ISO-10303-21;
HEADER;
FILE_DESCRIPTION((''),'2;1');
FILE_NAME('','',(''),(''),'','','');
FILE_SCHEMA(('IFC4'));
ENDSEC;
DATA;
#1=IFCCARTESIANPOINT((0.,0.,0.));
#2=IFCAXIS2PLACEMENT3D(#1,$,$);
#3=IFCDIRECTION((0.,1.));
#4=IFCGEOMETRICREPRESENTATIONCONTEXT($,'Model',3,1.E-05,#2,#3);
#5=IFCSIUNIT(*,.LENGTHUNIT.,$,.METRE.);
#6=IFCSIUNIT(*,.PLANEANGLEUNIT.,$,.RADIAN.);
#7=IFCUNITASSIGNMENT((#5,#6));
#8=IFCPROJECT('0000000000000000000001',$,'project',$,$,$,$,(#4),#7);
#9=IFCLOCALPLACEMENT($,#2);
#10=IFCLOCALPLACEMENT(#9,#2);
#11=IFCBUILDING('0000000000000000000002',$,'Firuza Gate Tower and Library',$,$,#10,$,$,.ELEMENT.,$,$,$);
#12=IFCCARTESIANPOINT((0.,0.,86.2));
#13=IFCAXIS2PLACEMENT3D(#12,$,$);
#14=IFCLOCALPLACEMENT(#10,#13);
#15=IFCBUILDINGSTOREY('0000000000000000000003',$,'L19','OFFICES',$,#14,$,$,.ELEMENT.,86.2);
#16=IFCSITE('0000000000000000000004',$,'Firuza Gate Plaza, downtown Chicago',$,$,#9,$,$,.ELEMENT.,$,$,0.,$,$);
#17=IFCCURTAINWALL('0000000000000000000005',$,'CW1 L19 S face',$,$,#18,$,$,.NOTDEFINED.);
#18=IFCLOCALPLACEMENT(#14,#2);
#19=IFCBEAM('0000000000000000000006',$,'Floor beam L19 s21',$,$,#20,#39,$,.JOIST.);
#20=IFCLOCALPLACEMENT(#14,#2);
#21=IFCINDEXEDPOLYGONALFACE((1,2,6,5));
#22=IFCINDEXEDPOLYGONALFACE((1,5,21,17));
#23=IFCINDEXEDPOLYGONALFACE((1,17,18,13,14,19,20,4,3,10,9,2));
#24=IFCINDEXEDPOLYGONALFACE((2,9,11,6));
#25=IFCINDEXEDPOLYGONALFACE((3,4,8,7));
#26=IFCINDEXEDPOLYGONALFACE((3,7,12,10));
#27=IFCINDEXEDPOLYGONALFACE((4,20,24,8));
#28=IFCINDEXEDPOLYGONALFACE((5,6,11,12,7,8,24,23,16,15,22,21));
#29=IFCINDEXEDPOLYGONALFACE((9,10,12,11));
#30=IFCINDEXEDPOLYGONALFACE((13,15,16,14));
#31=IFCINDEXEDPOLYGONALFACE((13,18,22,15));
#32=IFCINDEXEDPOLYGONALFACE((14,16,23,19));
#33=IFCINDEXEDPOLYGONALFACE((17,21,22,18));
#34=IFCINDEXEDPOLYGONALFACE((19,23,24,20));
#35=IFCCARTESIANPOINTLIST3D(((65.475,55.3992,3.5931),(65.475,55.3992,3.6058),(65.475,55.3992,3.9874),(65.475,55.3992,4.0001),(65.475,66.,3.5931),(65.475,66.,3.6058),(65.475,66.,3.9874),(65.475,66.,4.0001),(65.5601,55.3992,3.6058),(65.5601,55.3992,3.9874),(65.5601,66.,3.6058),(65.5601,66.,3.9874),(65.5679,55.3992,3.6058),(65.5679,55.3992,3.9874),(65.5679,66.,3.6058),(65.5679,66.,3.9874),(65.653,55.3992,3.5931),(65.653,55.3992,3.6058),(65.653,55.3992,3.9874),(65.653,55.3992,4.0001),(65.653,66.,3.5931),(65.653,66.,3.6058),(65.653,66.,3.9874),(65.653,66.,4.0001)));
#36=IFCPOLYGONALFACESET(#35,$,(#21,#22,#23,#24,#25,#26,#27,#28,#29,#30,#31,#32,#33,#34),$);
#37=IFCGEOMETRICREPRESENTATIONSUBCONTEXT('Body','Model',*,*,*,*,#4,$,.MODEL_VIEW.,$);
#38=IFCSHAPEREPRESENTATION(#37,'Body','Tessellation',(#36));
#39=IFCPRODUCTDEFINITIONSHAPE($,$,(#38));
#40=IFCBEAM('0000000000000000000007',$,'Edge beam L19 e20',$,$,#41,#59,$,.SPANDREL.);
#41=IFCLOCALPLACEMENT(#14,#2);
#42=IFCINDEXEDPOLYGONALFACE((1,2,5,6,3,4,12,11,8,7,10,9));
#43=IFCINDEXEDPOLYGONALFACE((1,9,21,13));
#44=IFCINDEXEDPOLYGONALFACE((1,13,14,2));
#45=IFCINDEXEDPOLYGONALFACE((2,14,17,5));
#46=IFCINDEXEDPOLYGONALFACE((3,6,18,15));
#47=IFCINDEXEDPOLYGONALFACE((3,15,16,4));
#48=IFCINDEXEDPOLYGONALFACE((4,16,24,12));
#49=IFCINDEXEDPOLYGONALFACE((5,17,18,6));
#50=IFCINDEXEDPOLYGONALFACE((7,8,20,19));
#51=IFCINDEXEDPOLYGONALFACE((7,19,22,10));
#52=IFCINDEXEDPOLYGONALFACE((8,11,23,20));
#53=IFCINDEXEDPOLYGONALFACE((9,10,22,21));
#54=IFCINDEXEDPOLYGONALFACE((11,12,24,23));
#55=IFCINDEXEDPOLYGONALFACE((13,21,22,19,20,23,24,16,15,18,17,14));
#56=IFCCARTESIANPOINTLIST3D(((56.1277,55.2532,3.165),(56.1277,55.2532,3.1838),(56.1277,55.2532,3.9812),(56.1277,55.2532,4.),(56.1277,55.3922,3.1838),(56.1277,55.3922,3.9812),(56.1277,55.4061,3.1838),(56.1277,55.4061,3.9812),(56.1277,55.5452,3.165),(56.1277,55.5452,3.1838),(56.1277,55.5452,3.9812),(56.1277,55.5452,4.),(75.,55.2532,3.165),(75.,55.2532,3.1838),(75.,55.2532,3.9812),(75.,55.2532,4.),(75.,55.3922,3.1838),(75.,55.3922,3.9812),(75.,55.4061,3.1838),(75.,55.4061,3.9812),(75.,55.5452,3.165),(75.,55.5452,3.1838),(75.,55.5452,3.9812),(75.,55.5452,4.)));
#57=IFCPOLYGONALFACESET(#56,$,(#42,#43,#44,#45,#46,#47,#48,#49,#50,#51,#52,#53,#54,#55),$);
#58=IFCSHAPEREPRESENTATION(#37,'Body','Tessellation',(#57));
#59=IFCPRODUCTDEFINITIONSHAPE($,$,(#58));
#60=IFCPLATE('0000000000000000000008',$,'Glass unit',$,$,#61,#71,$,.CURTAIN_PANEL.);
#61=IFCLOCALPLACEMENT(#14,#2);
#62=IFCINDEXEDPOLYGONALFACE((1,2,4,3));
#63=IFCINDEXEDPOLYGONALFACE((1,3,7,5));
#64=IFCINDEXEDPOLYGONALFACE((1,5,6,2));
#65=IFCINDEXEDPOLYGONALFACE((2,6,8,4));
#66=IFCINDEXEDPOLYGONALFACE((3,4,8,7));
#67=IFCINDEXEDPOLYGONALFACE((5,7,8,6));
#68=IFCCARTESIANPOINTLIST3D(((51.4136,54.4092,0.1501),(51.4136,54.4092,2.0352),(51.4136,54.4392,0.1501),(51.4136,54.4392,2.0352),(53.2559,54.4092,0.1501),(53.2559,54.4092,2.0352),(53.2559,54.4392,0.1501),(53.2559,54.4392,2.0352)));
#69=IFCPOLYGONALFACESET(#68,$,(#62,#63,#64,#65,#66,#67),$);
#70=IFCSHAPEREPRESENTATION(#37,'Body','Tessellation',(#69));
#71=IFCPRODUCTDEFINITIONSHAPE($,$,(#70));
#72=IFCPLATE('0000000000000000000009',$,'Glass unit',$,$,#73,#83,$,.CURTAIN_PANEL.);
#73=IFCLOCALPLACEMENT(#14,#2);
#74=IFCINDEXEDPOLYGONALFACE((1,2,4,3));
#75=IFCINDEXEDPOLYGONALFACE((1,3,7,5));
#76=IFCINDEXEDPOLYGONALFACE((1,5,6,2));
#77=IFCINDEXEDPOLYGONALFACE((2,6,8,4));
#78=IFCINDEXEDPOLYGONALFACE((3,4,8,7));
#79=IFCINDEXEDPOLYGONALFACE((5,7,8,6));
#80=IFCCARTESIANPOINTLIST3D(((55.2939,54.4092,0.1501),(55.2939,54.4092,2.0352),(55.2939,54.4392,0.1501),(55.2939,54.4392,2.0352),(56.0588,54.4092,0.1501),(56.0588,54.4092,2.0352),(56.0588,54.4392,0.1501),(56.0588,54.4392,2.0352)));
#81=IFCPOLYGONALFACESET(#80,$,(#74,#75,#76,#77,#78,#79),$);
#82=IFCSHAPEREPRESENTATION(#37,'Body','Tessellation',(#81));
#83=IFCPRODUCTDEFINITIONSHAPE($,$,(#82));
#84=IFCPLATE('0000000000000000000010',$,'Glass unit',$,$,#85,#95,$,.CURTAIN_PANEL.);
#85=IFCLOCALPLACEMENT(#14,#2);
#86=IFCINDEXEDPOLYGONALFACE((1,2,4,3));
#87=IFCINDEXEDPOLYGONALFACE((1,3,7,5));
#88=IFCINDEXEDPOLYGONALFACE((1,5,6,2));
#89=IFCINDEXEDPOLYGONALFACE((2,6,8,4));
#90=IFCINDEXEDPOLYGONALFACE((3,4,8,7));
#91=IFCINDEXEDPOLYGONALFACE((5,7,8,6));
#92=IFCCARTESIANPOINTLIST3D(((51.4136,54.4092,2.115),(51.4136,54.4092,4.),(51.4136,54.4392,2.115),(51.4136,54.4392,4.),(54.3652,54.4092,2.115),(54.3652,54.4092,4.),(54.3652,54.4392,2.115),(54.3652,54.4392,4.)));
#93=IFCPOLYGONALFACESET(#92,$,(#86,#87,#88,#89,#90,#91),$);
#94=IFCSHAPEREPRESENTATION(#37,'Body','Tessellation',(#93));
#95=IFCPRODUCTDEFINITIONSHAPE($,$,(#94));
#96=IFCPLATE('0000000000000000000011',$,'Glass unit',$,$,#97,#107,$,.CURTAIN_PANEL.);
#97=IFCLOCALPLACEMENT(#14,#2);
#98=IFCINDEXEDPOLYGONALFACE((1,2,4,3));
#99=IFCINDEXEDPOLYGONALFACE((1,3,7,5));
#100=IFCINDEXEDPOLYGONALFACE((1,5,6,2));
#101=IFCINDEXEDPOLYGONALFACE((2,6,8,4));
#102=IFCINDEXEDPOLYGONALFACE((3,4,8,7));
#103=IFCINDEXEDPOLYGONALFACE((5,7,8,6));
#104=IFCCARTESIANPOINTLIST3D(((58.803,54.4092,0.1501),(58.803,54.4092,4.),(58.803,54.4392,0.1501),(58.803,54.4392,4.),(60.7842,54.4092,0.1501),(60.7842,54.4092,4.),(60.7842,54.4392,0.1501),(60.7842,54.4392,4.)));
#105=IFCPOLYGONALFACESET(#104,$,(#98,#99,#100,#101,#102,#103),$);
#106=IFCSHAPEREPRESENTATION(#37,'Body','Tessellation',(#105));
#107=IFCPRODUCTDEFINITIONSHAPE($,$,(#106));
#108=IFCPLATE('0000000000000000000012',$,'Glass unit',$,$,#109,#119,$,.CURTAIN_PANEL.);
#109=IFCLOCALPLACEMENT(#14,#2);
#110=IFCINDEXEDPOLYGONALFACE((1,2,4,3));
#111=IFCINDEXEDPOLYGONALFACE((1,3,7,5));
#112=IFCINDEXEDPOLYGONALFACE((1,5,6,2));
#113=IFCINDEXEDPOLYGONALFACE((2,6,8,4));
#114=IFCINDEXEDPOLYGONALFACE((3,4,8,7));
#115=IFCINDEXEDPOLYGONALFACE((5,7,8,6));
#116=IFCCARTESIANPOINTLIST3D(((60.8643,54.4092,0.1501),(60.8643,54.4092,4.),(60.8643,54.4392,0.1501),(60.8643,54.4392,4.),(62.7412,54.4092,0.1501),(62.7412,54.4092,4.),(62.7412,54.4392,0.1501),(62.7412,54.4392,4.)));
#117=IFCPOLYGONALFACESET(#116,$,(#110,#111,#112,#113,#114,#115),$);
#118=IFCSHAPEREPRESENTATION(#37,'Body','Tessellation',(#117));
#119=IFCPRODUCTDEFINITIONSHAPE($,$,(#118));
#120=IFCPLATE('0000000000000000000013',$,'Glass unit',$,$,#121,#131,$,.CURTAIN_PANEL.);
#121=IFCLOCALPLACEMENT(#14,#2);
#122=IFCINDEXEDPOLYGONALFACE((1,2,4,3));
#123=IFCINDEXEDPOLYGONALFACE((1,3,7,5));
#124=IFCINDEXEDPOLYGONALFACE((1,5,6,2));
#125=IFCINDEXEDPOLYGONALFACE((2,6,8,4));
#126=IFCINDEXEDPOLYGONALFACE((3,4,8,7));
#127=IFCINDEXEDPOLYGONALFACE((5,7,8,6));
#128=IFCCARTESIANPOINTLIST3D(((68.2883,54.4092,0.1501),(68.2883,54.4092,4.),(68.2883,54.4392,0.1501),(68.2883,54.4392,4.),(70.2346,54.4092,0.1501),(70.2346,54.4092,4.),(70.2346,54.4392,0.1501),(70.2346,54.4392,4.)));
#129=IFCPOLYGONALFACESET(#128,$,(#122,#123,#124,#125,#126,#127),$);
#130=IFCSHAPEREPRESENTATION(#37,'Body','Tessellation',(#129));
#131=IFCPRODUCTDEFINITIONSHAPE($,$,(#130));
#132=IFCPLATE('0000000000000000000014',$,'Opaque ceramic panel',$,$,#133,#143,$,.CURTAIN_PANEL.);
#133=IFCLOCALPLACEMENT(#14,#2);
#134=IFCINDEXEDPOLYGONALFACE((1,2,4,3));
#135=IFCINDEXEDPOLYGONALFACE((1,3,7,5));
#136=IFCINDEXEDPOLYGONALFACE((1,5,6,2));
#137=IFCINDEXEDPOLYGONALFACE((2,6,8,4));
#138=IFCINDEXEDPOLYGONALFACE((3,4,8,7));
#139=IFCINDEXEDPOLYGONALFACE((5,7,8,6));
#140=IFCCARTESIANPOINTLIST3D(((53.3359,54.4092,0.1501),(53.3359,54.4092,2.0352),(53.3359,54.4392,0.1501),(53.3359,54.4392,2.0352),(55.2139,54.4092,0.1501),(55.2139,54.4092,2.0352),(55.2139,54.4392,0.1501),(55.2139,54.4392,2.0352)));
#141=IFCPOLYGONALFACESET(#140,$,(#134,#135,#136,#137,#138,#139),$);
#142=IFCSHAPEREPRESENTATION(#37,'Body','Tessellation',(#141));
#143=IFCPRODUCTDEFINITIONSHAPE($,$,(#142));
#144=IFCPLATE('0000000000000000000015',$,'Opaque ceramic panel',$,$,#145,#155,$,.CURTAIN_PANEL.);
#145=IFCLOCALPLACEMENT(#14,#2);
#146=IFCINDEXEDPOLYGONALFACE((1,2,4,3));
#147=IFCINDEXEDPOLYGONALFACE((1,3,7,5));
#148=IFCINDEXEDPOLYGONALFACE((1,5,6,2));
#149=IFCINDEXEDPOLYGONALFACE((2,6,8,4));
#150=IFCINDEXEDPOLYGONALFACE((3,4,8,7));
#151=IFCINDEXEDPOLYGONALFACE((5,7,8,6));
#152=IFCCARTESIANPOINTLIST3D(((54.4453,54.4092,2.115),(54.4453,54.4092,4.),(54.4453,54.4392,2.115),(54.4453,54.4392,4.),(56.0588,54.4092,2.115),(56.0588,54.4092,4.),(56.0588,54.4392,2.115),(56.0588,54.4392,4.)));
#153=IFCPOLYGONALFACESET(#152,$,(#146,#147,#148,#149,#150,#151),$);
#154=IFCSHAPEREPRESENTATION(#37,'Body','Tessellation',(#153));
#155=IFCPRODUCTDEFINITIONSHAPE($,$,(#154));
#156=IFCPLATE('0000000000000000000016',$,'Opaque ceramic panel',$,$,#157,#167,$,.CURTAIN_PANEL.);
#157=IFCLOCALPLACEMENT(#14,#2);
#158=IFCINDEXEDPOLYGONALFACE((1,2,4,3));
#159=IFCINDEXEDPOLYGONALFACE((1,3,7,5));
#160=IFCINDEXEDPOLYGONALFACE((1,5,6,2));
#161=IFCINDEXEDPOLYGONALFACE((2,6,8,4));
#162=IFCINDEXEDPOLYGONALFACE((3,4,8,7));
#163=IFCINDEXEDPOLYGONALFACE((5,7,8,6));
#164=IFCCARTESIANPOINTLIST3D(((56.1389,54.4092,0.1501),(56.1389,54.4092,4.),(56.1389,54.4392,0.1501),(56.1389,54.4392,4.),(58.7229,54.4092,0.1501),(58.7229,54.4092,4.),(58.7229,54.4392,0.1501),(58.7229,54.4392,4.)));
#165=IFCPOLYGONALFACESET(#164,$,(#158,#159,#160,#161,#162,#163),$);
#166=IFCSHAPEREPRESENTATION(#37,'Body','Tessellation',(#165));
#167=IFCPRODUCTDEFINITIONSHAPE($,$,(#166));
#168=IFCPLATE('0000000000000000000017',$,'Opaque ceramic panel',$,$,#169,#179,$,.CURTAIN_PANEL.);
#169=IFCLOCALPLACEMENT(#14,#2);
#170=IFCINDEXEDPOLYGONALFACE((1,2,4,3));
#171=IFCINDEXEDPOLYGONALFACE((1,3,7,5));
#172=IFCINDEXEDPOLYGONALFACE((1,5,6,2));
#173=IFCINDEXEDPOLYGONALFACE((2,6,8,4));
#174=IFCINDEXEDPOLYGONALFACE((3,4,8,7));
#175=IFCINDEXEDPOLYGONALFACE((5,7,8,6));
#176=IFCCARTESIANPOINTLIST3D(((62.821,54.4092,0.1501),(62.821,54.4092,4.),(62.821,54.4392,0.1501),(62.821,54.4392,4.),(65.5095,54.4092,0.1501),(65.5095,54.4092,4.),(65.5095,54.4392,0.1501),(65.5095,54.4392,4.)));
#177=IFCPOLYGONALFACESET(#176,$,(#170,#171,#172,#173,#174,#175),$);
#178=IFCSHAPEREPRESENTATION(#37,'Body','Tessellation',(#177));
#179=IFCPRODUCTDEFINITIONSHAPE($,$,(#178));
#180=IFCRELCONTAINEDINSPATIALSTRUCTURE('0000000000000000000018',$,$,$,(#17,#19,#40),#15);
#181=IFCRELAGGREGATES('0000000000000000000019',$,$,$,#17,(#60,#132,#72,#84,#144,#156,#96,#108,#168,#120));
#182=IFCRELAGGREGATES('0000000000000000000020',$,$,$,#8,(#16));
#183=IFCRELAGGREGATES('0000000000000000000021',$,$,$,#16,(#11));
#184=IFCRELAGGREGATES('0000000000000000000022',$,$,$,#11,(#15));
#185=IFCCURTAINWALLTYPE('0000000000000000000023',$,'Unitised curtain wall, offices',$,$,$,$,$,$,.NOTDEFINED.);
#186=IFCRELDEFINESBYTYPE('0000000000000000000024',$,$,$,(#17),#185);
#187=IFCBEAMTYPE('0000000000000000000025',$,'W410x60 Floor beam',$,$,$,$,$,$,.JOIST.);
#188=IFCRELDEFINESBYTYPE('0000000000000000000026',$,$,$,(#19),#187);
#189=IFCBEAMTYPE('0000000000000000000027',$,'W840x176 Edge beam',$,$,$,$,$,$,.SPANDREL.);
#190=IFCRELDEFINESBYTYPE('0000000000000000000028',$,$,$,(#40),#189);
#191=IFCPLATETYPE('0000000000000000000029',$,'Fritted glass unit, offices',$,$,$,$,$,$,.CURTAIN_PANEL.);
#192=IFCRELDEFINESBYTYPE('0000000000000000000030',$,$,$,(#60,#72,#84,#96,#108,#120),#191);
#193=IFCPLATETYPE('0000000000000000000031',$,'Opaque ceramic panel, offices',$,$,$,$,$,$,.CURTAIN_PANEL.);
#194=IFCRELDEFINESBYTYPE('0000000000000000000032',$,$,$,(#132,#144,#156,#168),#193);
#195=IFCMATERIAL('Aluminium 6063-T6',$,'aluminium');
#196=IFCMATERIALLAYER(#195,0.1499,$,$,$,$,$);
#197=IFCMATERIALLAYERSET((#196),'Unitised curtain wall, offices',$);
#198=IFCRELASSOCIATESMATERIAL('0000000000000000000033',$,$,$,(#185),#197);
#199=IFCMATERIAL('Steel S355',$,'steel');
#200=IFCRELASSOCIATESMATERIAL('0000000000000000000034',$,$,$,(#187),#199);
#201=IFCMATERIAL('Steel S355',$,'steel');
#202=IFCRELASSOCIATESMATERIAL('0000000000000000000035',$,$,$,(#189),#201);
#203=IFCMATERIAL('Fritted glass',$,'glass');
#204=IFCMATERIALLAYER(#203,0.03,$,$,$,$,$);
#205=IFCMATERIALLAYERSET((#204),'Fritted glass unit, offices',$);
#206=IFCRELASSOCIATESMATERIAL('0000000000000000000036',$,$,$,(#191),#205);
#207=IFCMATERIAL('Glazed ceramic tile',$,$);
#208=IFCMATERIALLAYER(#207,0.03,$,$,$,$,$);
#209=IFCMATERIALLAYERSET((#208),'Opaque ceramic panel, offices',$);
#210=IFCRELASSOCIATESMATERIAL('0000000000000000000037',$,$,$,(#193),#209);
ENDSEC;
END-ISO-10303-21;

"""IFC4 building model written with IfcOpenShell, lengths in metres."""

from ifc_helpers import new_model, si_unit, direction, frame, origin, origin_2d, place, context, subcontext, project, spatial, polyline, i_section, outline, extrude, material, layer, layer_set, material_profile, profile_set, type_object, element, aggregate, save


model = new_model("IFC4")

# Units and contexts
model_context = context("Model", 3, precision=1e-05, world=origin(), true_north=direction((0.0, 1.0)))
body_context = subcontext(model_context, "Body", "Model", "MODEL_VIEW")
ifc_project = project(units=[si_unit("LENGTHUNIT", "METRE"), si_unit("PLANEANGLEUNIT", "RADIAN")], contexts=[model_context])

# Site, building, storey
site_placement = place(None, origin())
site = spatial("IfcSite", under=ifc_project, at=site_placement, Name="Firuza Gate Plaza, downtown Chicago", CompositionType="ELEMENT", RefElevation=0.0)
building_placement = place(site_placement, origin())
building = spatial("IfcBuilding", under=site, at=building_placement, Name="Firuza Gate Tower and Library", CompositionType="ELEMENT")
storey_placement = place(building_placement, frame((0.0, 0.0, 86.2)))
storey = spatial("IfcBuildingStorey", under=building, at=storey_placement, Name="L19", Description="OFFICES", CompositionType="ELEMENT", Elevation=86.2)

# Curtain wall
ifc_material_1 = material(Name="Aluminium 6063-T6", Category="aluminium")
ifc_layer_1 = layer(ifc_material_1, 0.1499)
ifc_layer_set_1 = layer_set([ifc_layer_1], Name="Unitised curtain wall, offices")
curtain_wall_type = type_object("IfcCurtainWallType", Name="Unitised curtain wall, offices", PredefinedType="NOTDEFINED", material=ifc_layer_set_1)
curtain_wall_placement = place(storey_placement, origin())
curtain_wall = element("IfcCurtainWall", 1, at=curtain_wall_placement, inside=storey, type_object=curtain_wall_type, Name="CW1 L19 S face", PredefinedType="NOTDEFINED")

# Beams
ifc_material_2 = material(Name="Steel S355", Category="steel")
ifc_material_profile_1 = material_profile(ifc_material_2, i_section(OverallWidth=0.178, OverallDepth=0.407, WebThickness=0.0078, FlangeThickness=0.0127, at=origin_2d()))
ifc_profile_set_1 = profile_set([ifc_material_profile_1], Name="Steel S355")
beam_type_1 = type_object("IfcBeamType", Name="W410x60 Floor beam", PredefinedType="JOIST", material=ifc_profile_set_1)
beam_1_placement = place(storey_placement, frame((65.564, 55.3992, 3.7966), z_axis=(0.0, 1.0, 0.0), x_axis=(-1.0, 0.0, 0.0)))
element("IfcBeam", 2, at=beam_1_placement, inside=storey, type_object=beam_type_1, Name="Floor beam L19 s21", PredefinedType="JOIST", context=body_context, shape_type="SweptSolid", body=[
    extrude(i_section(OverallWidth=0.178, OverallDepth=0.407, WebThickness=0.0078, FlangeThickness=0.0127, at=origin_2d()), origin(), (0.0, 0.0, 1.0), 10.6008),
])
ifc_material_3 = material(Name="Steel S355", Category="steel")
ifc_material_profile_2 = material_profile(ifc_material_3, i_section(OverallWidth=0.292, OverallDepth=0.835, WebThickness=0.0139, FlangeThickness=0.0188, at=origin_2d()))
ifc_profile_set_2 = profile_set([ifc_material_profile_2], Name="Steel S355")
beam_type_2 = type_object("IfcBeamType", Name="W840x176 Edge beam", PredefinedType="SPANDREL", material=ifc_profile_set_2)
beam_2_placement = place(storey_placement, frame((56.1277, 55.3992, 3.5825), z_axis=(1.0, 0.0, 0.0), x_axis=(0.0, 1.0, 0.0)))
element("IfcBeam", 3, at=beam_2_placement, inside=storey, type_object=beam_type_2, Name="Edge beam L19 e20", PredefinedType="SPANDREL", context=body_context, shape_type="SweptSolid", body=[
    extrude(i_section(OverallWidth=0.292, OverallDepth=0.835, WebThickness=0.0139, FlangeThickness=0.0188, at=origin_2d()), origin(), (0.0, 0.0, 1.0), 18.8723),
])

# Plates
ifc_material_4 = material(Name="Fritted glass", Category="glass")
ifc_layer_2 = layer(ifc_material_4, 0.03)
ifc_layer_set_2 = layer_set([ifc_layer_2], Name="Fritted glass unit, offices")
plate_type_1 = type_object("IfcPlateType", Name="Fritted glass unit, offices", PredefinedType="CURTAIN_PANEL", material=ifc_layer_set_2)
plate_1_placement = place(storey_placement, frame((51.4136, 54.4092, 0.1501), z_axis=(0.0, -1.0, 0.0), x_axis=(1.0, 0.0, 0.0)))
plate_1 = element("IfcPlate", 4, at=plate_1_placement, type_object=plate_type_1, Name="Glass unit", PredefinedType="CURTAIN_PANEL", context=body_context, shape_type="SweptSolid", body=[
    extrude(outline(polyline([(0.0, 0.0), (1.8423, 0.0), (1.8423, 1.885), (0.0, 1.885), (0.0, 0.0)])), origin(), (0.0, 0.0, -1.0), 0.03),
])
plate_2_placement = place(storey_placement, frame((55.2939, 54.4092, 0.1501), z_axis=(0.0, -1.0, 0.0), x_axis=(1.0, 0.0, 0.0)))
plate_2 = element("IfcPlate", 5, at=plate_2_placement, type_object=plate_type_1, Name="Glass unit", PredefinedType="CURTAIN_PANEL", context=body_context, shape_type="SweptSolid", body=[
    extrude(outline(polyline([(0.0, 0.0), (0.7649, 0.0), (0.7649, 1.885), (0.0, 1.885), (0.0, 0.0)])), origin(), (0.0, 0.0, -1.0), 0.03),
])
plate_3_placement = place(storey_placement, frame((51.4136, 54.4092, 2.115), z_axis=(0.0, -1.0, 0.0), x_axis=(1.0, 0.0, 0.0)))
plate_3 = element("IfcPlate", 6, at=plate_3_placement, type_object=plate_type_1, Name="Glass unit", PredefinedType="CURTAIN_PANEL", context=body_context, shape_type="SweptSolid", body=[
    extrude(outline(polyline([(0.0, 0.0), (2.9517, 0.0), (2.9517, 1.885), (0.0, 1.885), (0.0, 0.0)])), origin(), (0.0, 0.0, -1.0), 0.03),
])
plate_4_placement = place(storey_placement, frame((58.803, 54.4092, 0.1501), z_axis=(0.0, -1.0, 0.0), x_axis=(1.0, 0.0, 0.0)))
plate_4 = element("IfcPlate", 7, at=plate_4_placement, type_object=plate_type_1, Name="Glass unit", PredefinedType="CURTAIN_PANEL", context=body_context, shape_type="SweptSolid", body=[
    extrude(outline(polyline([(0.0, 0.0), (1.9812, 0.0), (1.9812, 3.8499), (0.0, 3.8499), (0.0, 0.0)])), origin(), (0.0, 0.0, -1.0), 0.03),
])
plate_5_placement = place(storey_placement, frame((60.8643, 54.4092, 0.1501), z_axis=(0.0, -1.0, 0.0), x_axis=(1.0, 0.0, 0.0)))
plate_5 = element("IfcPlate", 8, at=plate_5_placement, type_object=plate_type_1, Name="Glass unit", PredefinedType="CURTAIN_PANEL", context=body_context, shape_type="SweptSolid", body=[
    extrude(outline(polyline([(0.0, 0.0), (1.877, 0.0), (1.877, 3.8499), (0.0, 3.8499), (0.0, 0.0)])), origin(), (0.0, 0.0, -1.0), 0.03),
])
plate_6_placement = place(storey_placement, frame((68.2883, 54.4092, 0.1501), z_axis=(0.0, -1.0, 0.0), x_axis=(1.0, 0.0, 0.0)))
plate_6 = element("IfcPlate", 9, at=plate_6_placement, type_object=plate_type_1, Name="Glass unit", PredefinedType="CURTAIN_PANEL", context=body_context, shape_type="SweptSolid", body=[
    extrude(outline(polyline([(0.0, 0.0), (1.9463, 0.0), (1.9463, 3.8499), (0.0, 3.8499), (0.0, 0.0)])), origin(), (0.0, 0.0, -1.0), 0.03),
])
ifc_material_5 = material(Name="Glazed ceramic tile")
ifc_layer_3 = layer(ifc_material_5, 0.03)
ifc_layer_set_3 = layer_set([ifc_layer_3], Name="Opaque ceramic panel, offices")
plate_type_2 = type_object("IfcPlateType", Name="Opaque ceramic panel, offices", PredefinedType="CURTAIN_PANEL", material=ifc_layer_set_3)
plate_7_placement = place(storey_placement, frame((53.3359, 54.4092, 0.1501), z_axis=(0.0, -1.0, 0.0), x_axis=(1.0, 0.0, 0.0)))
plate_7 = element("IfcPlate", 10, at=plate_7_placement, type_object=plate_type_2, Name="Opaque ceramic panel", PredefinedType="CURTAIN_PANEL", context=body_context, shape_type="SweptSolid", body=[
    extrude(outline(polyline([(0.0, 0.0), (1.8779, 0.0), (1.8779, 1.885), (0.0, 1.885), (0.0, 0.0)])), origin(), (0.0, 0.0, -1.0), 0.03),
])
plate_8_placement = place(storey_placement, frame((54.4453, 54.4092, 2.115), z_axis=(0.0, -1.0, 0.0), x_axis=(1.0, 0.0, 0.0)))
plate_8 = element("IfcPlate", 11, at=plate_8_placement, type_object=plate_type_2, Name="Opaque ceramic panel", PredefinedType="CURTAIN_PANEL", context=body_context, shape_type="SweptSolid", body=[
    extrude(outline(polyline([(0.0, 0.0), (1.6135, 0.0), (1.6135, 1.885), (0.0, 1.885), (0.0, 0.0)])), origin(), (0.0, 0.0, -1.0), 0.03),
])
plate_9_placement = place(storey_placement, frame((56.1389, 54.4092, 0.1501), z_axis=(0.0, -1.0, 0.0), x_axis=(1.0, 0.0, 0.0)))
plate_9 = element("IfcPlate", 12, at=plate_9_placement, type_object=plate_type_2, Name="Opaque ceramic panel", PredefinedType="CURTAIN_PANEL", context=body_context, shape_type="SweptSolid", body=[
    extrude(outline(polyline([(0.0, 0.0), (2.584, 0.0), (2.584, 3.8499), (0.0, 3.8499), (0.0, 0.0)])), origin(), (0.0, 0.0, -1.0), 0.03),
])
plate_10_placement = place(storey_placement, frame((62.821, 54.4092, 0.1501), z_axis=(0.0, -1.0, 0.0), x_axis=(1.0, 0.0, 0.0)))
plate_10 = element("IfcPlate", 13, at=plate_10_placement, type_object=plate_type_2, Name="Opaque ceramic panel", PredefinedType="CURTAIN_PANEL", context=body_context, shape_type="SweptSolid", body=[
    extrude(outline(polyline([(0.0, 0.0), (2.6885, 0.0), (2.6885, 3.8499), (0.0, 3.8499), (0.0, 0.0)])), origin(), (0.0, 0.0, -1.0), 0.03),
])
aggregate(curtain_wall, [plate_1, plate_7, plate_2, plate_3, plate_8, plate_9, plate_4, plate_5, plate_10, plate_6])

save(model, "model.ifc")
